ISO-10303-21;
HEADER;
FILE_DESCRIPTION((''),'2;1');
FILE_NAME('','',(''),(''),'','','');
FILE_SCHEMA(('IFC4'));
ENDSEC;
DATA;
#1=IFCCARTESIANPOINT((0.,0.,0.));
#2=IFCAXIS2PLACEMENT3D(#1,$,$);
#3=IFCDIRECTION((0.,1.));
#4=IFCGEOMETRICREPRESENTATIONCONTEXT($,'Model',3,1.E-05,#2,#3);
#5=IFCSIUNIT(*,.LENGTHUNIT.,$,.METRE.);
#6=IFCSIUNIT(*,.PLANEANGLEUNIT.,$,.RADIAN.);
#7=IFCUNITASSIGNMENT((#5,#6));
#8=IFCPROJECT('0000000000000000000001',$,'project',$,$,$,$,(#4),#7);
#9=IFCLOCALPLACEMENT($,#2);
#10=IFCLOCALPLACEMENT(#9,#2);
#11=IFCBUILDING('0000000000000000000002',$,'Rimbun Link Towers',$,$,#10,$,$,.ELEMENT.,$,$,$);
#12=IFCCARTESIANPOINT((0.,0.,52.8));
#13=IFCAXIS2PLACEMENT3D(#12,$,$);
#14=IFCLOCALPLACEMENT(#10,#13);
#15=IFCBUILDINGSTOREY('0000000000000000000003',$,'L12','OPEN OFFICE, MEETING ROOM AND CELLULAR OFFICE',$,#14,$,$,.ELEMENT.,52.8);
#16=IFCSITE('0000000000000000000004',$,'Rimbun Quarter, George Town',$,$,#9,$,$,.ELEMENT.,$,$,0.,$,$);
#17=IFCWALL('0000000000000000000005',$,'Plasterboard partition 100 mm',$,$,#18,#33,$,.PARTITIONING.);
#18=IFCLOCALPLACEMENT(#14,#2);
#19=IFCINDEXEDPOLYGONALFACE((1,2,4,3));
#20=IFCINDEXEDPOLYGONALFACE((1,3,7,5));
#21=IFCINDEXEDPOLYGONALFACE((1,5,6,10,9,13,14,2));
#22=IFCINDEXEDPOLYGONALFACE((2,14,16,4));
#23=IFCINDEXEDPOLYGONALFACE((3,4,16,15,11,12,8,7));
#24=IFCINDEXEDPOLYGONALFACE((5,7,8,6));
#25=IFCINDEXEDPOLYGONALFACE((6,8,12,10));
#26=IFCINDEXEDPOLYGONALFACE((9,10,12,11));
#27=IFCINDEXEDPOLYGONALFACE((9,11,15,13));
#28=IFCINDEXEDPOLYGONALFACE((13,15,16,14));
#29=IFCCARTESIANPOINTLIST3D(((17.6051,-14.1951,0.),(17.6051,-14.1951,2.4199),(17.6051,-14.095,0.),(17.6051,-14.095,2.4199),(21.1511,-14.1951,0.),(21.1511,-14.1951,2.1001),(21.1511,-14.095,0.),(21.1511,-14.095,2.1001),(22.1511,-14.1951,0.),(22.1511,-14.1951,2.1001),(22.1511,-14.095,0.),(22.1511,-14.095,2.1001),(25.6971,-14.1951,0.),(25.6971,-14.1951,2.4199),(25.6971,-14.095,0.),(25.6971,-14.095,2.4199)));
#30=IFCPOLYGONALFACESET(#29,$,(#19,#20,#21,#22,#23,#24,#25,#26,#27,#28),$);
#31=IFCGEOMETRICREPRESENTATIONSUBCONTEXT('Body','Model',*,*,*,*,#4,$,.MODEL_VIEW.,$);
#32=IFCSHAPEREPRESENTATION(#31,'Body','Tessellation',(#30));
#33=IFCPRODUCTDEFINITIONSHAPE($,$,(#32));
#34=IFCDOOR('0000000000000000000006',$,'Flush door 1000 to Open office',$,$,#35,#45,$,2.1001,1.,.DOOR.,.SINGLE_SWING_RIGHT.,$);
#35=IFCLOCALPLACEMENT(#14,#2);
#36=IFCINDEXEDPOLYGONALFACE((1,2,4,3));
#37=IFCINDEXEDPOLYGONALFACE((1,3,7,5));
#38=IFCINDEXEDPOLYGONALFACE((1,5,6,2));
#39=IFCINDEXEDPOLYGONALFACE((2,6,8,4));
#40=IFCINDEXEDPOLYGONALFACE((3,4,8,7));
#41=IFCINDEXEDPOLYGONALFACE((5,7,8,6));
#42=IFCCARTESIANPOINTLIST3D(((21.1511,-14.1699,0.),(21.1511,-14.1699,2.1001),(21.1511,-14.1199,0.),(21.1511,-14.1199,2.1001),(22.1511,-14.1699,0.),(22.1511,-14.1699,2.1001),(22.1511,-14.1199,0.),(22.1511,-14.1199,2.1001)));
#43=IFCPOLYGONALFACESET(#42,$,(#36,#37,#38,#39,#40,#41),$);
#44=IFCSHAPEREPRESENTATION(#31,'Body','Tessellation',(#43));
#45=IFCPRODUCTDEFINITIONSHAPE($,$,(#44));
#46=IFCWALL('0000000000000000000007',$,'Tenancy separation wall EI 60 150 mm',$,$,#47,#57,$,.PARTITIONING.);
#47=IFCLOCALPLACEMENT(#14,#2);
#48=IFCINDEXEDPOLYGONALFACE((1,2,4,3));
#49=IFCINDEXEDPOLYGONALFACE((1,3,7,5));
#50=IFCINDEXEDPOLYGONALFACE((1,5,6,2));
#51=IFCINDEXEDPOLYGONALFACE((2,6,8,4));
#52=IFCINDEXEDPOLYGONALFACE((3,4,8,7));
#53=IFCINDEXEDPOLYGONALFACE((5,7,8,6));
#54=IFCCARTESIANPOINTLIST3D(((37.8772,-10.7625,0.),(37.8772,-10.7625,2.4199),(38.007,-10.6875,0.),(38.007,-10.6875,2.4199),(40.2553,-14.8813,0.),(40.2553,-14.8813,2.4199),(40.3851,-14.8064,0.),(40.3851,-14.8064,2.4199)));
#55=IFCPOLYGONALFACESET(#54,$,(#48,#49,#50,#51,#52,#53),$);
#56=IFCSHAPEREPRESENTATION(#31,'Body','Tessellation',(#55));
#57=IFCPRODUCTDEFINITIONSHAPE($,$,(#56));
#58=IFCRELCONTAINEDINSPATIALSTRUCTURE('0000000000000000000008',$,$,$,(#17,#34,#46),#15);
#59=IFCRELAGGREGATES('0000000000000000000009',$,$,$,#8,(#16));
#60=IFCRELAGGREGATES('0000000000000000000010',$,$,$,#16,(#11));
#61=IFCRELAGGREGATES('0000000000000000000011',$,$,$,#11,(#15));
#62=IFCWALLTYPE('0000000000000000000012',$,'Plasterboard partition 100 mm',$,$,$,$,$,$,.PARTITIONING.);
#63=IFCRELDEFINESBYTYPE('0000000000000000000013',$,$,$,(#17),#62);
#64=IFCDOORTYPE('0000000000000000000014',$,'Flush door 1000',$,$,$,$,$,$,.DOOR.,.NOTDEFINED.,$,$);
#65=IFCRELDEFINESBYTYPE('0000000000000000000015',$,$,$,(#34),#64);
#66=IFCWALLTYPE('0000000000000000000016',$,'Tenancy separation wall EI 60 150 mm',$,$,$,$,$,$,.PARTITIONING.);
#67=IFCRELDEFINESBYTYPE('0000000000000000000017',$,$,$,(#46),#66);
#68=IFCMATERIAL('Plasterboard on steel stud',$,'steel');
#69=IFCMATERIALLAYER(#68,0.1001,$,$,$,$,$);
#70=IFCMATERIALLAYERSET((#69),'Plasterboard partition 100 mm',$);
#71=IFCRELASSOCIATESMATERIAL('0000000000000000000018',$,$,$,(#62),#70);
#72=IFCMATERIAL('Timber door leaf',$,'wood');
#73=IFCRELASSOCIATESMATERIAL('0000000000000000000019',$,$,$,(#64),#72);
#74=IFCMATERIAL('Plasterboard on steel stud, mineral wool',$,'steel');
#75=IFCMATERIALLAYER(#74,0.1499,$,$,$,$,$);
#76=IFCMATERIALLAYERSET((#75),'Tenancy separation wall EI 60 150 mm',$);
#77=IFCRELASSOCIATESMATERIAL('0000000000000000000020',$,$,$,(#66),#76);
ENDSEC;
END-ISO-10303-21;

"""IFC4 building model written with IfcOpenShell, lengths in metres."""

from ifc_helpers import new_model, si_unit, direction, frame, frame_2d, origin, place, context, subcontext, project, spatial, rectangle, extrude, material, layer, layer_set, type_object, element, fill, save


model = new_model("IFC4")

# Units and contexts
model_context = context("Model", 3, precision=1e-05, world=origin(), true_north=direction((0.0, 1.0)))
body_context = subcontext(model_context, "Body", "Model", "MODEL_VIEW")
ifc_project = project(units=[si_unit("LENGTHUNIT", "METRE"), si_unit("PLANEANGLEUNIT", "RADIAN")], contexts=[model_context])

# Site, building, storey
site_placement = place(None, origin())
site = spatial("IfcSite", under=ifc_project, at=site_placement, Name="Rimbun Quarter, George Town", CompositionType="ELEMENT", RefElevation=0.0)
building_placement = place(site_placement, origin())
building = spatial("IfcBuilding", under=site, at=building_placement, Name="Rimbun Link Towers", CompositionType="ELEMENT")
storey_placement = place(building_placement, frame((0.0, 0.0, 52.8)))
storey = spatial("IfcBuildingStorey", under=building, at=storey_placement, Name="L12", Description="OPEN OFFICE, MEETING ROOM AND CELLULAR OFFICE", CompositionType="ELEMENT", Elevation=52.8)

# Wall, opening, door
ifc_material_1 = material(Name="Plasterboard on steel stud", Category="steel")
ifc_layer_1 = layer(ifc_material_1, 0.1001)
ifc_layer_set_1 = layer_set([ifc_layer_1], Name="Plasterboard partition 100 mm")
wall_type_1 = type_object("IfcWallType", Name="Plasterboard partition 100 mm", PredefinedType="PARTITIONING", material=ifc_layer_set_1)
wall_1_placement = place(storey_placement, frame((25.697, -14.145, 0.0), z_axis=(0.0, 0.0, 1.0), x_axis=(-1.0, 0.0, 0.0)))
wall_1 = element("IfcWall", 1, at=wall_1_placement, inside=storey, type_object=wall_type_1, Name="Plasterboard partition 100 mm", PredefinedType="PARTITIONING", context=body_context, shape_type="SweptSolid", body=[
    extrude(rectangle(XDim=8.092, YDim=0.1001, at=frame_2d((4.0459, 0.0))), origin(), (0.0, 0.0, 1.0), 2.4199),
])
opening_placement = place(wall_1_placement, frame((3.5459, 0.0, 0.0)))
opening = element("IfcOpeningElement", 2, at=opening_placement, cuts=wall_1, PredefinedType="OPENING", context=body_context, shape_type="SweptSolid", body=[
    extrude(rectangle(XDim=1.0, YDim=2.1001, at=frame_2d((0.5, 1.05))), frame((0.0, 0.0601, 0.0), z_axis=(0.0, -1.0, 0.0), x_axis=(1.0, 0.0, 0.0)), (0.0, 0.0, 1.0), 0.1201),
])
ifc_material_2 = material(Name="Timber door leaf", Category="wood")
door_type = type_object("IfcDoorType", Name="Flush door 1000", OperationType="NOTDEFINED", PredefinedType="DOOR", material=ifc_material_2)
door_placement = place(opening_placement, origin())
door = element("IfcDoor", 3, at=door_placement, inside=storey, type_object=door_type, Name="Flush door 1000 to Open office", OperationType="SINGLE_SWING_RIGHT", OverallHeight=2.1001, OverallWidth=1.0, PredefinedType="DOOR", context=body_context, shape_type="SweptSolid", body=[
    extrude(rectangle(XDim=1.0, YDim=2.1001, at=frame_2d((0.5, 1.05))), frame((0.0, 0.0249, 0.0), z_axis=(0.0, -1.0, 0.0), x_axis=(1.0, 0.0, 0.0)), (0.0, 0.0, 1.0), 0.05),
])
fill(opening, door)

# Wall
ifc_material_3 = material(Name="Plasterboard on steel stud, mineral wool", Category="steel")
ifc_layer_2 = layer(ifc_material_3, 0.1499)
ifc_layer_set_2 = layer_set([ifc_layer_2], Name="Tenancy separation wall EI 60 150 mm")
wall_type_2 = type_object("IfcWallType", Name="Tenancy separation wall EI 60 150 mm", PredefinedType="PARTITIONING", material=ifc_layer_set_2)
wall_2_placement = place(storey_placement, frame((37.9421, -10.7251, 0.0), z_axis=(0.0, 0.0, 1.0), x_axis=(0.50002, -0.866014, 0.0)))
element("IfcWall", 4, at=wall_2_placement, inside=storey, type_object=wall_type_2, Name="Tenancy separation wall EI 60 150 mm", PredefinedType="PARTITIONING", context=body_context, shape_type="SweptSolid", body=[
    extrude(rectangle(XDim=4.7561, YDim=0.1499, at=frame_2d((2.3779, 0.0))), origin(), (0.0, 0.0, 1.0), 2.4199),
])

save(model, "model.ifc")
